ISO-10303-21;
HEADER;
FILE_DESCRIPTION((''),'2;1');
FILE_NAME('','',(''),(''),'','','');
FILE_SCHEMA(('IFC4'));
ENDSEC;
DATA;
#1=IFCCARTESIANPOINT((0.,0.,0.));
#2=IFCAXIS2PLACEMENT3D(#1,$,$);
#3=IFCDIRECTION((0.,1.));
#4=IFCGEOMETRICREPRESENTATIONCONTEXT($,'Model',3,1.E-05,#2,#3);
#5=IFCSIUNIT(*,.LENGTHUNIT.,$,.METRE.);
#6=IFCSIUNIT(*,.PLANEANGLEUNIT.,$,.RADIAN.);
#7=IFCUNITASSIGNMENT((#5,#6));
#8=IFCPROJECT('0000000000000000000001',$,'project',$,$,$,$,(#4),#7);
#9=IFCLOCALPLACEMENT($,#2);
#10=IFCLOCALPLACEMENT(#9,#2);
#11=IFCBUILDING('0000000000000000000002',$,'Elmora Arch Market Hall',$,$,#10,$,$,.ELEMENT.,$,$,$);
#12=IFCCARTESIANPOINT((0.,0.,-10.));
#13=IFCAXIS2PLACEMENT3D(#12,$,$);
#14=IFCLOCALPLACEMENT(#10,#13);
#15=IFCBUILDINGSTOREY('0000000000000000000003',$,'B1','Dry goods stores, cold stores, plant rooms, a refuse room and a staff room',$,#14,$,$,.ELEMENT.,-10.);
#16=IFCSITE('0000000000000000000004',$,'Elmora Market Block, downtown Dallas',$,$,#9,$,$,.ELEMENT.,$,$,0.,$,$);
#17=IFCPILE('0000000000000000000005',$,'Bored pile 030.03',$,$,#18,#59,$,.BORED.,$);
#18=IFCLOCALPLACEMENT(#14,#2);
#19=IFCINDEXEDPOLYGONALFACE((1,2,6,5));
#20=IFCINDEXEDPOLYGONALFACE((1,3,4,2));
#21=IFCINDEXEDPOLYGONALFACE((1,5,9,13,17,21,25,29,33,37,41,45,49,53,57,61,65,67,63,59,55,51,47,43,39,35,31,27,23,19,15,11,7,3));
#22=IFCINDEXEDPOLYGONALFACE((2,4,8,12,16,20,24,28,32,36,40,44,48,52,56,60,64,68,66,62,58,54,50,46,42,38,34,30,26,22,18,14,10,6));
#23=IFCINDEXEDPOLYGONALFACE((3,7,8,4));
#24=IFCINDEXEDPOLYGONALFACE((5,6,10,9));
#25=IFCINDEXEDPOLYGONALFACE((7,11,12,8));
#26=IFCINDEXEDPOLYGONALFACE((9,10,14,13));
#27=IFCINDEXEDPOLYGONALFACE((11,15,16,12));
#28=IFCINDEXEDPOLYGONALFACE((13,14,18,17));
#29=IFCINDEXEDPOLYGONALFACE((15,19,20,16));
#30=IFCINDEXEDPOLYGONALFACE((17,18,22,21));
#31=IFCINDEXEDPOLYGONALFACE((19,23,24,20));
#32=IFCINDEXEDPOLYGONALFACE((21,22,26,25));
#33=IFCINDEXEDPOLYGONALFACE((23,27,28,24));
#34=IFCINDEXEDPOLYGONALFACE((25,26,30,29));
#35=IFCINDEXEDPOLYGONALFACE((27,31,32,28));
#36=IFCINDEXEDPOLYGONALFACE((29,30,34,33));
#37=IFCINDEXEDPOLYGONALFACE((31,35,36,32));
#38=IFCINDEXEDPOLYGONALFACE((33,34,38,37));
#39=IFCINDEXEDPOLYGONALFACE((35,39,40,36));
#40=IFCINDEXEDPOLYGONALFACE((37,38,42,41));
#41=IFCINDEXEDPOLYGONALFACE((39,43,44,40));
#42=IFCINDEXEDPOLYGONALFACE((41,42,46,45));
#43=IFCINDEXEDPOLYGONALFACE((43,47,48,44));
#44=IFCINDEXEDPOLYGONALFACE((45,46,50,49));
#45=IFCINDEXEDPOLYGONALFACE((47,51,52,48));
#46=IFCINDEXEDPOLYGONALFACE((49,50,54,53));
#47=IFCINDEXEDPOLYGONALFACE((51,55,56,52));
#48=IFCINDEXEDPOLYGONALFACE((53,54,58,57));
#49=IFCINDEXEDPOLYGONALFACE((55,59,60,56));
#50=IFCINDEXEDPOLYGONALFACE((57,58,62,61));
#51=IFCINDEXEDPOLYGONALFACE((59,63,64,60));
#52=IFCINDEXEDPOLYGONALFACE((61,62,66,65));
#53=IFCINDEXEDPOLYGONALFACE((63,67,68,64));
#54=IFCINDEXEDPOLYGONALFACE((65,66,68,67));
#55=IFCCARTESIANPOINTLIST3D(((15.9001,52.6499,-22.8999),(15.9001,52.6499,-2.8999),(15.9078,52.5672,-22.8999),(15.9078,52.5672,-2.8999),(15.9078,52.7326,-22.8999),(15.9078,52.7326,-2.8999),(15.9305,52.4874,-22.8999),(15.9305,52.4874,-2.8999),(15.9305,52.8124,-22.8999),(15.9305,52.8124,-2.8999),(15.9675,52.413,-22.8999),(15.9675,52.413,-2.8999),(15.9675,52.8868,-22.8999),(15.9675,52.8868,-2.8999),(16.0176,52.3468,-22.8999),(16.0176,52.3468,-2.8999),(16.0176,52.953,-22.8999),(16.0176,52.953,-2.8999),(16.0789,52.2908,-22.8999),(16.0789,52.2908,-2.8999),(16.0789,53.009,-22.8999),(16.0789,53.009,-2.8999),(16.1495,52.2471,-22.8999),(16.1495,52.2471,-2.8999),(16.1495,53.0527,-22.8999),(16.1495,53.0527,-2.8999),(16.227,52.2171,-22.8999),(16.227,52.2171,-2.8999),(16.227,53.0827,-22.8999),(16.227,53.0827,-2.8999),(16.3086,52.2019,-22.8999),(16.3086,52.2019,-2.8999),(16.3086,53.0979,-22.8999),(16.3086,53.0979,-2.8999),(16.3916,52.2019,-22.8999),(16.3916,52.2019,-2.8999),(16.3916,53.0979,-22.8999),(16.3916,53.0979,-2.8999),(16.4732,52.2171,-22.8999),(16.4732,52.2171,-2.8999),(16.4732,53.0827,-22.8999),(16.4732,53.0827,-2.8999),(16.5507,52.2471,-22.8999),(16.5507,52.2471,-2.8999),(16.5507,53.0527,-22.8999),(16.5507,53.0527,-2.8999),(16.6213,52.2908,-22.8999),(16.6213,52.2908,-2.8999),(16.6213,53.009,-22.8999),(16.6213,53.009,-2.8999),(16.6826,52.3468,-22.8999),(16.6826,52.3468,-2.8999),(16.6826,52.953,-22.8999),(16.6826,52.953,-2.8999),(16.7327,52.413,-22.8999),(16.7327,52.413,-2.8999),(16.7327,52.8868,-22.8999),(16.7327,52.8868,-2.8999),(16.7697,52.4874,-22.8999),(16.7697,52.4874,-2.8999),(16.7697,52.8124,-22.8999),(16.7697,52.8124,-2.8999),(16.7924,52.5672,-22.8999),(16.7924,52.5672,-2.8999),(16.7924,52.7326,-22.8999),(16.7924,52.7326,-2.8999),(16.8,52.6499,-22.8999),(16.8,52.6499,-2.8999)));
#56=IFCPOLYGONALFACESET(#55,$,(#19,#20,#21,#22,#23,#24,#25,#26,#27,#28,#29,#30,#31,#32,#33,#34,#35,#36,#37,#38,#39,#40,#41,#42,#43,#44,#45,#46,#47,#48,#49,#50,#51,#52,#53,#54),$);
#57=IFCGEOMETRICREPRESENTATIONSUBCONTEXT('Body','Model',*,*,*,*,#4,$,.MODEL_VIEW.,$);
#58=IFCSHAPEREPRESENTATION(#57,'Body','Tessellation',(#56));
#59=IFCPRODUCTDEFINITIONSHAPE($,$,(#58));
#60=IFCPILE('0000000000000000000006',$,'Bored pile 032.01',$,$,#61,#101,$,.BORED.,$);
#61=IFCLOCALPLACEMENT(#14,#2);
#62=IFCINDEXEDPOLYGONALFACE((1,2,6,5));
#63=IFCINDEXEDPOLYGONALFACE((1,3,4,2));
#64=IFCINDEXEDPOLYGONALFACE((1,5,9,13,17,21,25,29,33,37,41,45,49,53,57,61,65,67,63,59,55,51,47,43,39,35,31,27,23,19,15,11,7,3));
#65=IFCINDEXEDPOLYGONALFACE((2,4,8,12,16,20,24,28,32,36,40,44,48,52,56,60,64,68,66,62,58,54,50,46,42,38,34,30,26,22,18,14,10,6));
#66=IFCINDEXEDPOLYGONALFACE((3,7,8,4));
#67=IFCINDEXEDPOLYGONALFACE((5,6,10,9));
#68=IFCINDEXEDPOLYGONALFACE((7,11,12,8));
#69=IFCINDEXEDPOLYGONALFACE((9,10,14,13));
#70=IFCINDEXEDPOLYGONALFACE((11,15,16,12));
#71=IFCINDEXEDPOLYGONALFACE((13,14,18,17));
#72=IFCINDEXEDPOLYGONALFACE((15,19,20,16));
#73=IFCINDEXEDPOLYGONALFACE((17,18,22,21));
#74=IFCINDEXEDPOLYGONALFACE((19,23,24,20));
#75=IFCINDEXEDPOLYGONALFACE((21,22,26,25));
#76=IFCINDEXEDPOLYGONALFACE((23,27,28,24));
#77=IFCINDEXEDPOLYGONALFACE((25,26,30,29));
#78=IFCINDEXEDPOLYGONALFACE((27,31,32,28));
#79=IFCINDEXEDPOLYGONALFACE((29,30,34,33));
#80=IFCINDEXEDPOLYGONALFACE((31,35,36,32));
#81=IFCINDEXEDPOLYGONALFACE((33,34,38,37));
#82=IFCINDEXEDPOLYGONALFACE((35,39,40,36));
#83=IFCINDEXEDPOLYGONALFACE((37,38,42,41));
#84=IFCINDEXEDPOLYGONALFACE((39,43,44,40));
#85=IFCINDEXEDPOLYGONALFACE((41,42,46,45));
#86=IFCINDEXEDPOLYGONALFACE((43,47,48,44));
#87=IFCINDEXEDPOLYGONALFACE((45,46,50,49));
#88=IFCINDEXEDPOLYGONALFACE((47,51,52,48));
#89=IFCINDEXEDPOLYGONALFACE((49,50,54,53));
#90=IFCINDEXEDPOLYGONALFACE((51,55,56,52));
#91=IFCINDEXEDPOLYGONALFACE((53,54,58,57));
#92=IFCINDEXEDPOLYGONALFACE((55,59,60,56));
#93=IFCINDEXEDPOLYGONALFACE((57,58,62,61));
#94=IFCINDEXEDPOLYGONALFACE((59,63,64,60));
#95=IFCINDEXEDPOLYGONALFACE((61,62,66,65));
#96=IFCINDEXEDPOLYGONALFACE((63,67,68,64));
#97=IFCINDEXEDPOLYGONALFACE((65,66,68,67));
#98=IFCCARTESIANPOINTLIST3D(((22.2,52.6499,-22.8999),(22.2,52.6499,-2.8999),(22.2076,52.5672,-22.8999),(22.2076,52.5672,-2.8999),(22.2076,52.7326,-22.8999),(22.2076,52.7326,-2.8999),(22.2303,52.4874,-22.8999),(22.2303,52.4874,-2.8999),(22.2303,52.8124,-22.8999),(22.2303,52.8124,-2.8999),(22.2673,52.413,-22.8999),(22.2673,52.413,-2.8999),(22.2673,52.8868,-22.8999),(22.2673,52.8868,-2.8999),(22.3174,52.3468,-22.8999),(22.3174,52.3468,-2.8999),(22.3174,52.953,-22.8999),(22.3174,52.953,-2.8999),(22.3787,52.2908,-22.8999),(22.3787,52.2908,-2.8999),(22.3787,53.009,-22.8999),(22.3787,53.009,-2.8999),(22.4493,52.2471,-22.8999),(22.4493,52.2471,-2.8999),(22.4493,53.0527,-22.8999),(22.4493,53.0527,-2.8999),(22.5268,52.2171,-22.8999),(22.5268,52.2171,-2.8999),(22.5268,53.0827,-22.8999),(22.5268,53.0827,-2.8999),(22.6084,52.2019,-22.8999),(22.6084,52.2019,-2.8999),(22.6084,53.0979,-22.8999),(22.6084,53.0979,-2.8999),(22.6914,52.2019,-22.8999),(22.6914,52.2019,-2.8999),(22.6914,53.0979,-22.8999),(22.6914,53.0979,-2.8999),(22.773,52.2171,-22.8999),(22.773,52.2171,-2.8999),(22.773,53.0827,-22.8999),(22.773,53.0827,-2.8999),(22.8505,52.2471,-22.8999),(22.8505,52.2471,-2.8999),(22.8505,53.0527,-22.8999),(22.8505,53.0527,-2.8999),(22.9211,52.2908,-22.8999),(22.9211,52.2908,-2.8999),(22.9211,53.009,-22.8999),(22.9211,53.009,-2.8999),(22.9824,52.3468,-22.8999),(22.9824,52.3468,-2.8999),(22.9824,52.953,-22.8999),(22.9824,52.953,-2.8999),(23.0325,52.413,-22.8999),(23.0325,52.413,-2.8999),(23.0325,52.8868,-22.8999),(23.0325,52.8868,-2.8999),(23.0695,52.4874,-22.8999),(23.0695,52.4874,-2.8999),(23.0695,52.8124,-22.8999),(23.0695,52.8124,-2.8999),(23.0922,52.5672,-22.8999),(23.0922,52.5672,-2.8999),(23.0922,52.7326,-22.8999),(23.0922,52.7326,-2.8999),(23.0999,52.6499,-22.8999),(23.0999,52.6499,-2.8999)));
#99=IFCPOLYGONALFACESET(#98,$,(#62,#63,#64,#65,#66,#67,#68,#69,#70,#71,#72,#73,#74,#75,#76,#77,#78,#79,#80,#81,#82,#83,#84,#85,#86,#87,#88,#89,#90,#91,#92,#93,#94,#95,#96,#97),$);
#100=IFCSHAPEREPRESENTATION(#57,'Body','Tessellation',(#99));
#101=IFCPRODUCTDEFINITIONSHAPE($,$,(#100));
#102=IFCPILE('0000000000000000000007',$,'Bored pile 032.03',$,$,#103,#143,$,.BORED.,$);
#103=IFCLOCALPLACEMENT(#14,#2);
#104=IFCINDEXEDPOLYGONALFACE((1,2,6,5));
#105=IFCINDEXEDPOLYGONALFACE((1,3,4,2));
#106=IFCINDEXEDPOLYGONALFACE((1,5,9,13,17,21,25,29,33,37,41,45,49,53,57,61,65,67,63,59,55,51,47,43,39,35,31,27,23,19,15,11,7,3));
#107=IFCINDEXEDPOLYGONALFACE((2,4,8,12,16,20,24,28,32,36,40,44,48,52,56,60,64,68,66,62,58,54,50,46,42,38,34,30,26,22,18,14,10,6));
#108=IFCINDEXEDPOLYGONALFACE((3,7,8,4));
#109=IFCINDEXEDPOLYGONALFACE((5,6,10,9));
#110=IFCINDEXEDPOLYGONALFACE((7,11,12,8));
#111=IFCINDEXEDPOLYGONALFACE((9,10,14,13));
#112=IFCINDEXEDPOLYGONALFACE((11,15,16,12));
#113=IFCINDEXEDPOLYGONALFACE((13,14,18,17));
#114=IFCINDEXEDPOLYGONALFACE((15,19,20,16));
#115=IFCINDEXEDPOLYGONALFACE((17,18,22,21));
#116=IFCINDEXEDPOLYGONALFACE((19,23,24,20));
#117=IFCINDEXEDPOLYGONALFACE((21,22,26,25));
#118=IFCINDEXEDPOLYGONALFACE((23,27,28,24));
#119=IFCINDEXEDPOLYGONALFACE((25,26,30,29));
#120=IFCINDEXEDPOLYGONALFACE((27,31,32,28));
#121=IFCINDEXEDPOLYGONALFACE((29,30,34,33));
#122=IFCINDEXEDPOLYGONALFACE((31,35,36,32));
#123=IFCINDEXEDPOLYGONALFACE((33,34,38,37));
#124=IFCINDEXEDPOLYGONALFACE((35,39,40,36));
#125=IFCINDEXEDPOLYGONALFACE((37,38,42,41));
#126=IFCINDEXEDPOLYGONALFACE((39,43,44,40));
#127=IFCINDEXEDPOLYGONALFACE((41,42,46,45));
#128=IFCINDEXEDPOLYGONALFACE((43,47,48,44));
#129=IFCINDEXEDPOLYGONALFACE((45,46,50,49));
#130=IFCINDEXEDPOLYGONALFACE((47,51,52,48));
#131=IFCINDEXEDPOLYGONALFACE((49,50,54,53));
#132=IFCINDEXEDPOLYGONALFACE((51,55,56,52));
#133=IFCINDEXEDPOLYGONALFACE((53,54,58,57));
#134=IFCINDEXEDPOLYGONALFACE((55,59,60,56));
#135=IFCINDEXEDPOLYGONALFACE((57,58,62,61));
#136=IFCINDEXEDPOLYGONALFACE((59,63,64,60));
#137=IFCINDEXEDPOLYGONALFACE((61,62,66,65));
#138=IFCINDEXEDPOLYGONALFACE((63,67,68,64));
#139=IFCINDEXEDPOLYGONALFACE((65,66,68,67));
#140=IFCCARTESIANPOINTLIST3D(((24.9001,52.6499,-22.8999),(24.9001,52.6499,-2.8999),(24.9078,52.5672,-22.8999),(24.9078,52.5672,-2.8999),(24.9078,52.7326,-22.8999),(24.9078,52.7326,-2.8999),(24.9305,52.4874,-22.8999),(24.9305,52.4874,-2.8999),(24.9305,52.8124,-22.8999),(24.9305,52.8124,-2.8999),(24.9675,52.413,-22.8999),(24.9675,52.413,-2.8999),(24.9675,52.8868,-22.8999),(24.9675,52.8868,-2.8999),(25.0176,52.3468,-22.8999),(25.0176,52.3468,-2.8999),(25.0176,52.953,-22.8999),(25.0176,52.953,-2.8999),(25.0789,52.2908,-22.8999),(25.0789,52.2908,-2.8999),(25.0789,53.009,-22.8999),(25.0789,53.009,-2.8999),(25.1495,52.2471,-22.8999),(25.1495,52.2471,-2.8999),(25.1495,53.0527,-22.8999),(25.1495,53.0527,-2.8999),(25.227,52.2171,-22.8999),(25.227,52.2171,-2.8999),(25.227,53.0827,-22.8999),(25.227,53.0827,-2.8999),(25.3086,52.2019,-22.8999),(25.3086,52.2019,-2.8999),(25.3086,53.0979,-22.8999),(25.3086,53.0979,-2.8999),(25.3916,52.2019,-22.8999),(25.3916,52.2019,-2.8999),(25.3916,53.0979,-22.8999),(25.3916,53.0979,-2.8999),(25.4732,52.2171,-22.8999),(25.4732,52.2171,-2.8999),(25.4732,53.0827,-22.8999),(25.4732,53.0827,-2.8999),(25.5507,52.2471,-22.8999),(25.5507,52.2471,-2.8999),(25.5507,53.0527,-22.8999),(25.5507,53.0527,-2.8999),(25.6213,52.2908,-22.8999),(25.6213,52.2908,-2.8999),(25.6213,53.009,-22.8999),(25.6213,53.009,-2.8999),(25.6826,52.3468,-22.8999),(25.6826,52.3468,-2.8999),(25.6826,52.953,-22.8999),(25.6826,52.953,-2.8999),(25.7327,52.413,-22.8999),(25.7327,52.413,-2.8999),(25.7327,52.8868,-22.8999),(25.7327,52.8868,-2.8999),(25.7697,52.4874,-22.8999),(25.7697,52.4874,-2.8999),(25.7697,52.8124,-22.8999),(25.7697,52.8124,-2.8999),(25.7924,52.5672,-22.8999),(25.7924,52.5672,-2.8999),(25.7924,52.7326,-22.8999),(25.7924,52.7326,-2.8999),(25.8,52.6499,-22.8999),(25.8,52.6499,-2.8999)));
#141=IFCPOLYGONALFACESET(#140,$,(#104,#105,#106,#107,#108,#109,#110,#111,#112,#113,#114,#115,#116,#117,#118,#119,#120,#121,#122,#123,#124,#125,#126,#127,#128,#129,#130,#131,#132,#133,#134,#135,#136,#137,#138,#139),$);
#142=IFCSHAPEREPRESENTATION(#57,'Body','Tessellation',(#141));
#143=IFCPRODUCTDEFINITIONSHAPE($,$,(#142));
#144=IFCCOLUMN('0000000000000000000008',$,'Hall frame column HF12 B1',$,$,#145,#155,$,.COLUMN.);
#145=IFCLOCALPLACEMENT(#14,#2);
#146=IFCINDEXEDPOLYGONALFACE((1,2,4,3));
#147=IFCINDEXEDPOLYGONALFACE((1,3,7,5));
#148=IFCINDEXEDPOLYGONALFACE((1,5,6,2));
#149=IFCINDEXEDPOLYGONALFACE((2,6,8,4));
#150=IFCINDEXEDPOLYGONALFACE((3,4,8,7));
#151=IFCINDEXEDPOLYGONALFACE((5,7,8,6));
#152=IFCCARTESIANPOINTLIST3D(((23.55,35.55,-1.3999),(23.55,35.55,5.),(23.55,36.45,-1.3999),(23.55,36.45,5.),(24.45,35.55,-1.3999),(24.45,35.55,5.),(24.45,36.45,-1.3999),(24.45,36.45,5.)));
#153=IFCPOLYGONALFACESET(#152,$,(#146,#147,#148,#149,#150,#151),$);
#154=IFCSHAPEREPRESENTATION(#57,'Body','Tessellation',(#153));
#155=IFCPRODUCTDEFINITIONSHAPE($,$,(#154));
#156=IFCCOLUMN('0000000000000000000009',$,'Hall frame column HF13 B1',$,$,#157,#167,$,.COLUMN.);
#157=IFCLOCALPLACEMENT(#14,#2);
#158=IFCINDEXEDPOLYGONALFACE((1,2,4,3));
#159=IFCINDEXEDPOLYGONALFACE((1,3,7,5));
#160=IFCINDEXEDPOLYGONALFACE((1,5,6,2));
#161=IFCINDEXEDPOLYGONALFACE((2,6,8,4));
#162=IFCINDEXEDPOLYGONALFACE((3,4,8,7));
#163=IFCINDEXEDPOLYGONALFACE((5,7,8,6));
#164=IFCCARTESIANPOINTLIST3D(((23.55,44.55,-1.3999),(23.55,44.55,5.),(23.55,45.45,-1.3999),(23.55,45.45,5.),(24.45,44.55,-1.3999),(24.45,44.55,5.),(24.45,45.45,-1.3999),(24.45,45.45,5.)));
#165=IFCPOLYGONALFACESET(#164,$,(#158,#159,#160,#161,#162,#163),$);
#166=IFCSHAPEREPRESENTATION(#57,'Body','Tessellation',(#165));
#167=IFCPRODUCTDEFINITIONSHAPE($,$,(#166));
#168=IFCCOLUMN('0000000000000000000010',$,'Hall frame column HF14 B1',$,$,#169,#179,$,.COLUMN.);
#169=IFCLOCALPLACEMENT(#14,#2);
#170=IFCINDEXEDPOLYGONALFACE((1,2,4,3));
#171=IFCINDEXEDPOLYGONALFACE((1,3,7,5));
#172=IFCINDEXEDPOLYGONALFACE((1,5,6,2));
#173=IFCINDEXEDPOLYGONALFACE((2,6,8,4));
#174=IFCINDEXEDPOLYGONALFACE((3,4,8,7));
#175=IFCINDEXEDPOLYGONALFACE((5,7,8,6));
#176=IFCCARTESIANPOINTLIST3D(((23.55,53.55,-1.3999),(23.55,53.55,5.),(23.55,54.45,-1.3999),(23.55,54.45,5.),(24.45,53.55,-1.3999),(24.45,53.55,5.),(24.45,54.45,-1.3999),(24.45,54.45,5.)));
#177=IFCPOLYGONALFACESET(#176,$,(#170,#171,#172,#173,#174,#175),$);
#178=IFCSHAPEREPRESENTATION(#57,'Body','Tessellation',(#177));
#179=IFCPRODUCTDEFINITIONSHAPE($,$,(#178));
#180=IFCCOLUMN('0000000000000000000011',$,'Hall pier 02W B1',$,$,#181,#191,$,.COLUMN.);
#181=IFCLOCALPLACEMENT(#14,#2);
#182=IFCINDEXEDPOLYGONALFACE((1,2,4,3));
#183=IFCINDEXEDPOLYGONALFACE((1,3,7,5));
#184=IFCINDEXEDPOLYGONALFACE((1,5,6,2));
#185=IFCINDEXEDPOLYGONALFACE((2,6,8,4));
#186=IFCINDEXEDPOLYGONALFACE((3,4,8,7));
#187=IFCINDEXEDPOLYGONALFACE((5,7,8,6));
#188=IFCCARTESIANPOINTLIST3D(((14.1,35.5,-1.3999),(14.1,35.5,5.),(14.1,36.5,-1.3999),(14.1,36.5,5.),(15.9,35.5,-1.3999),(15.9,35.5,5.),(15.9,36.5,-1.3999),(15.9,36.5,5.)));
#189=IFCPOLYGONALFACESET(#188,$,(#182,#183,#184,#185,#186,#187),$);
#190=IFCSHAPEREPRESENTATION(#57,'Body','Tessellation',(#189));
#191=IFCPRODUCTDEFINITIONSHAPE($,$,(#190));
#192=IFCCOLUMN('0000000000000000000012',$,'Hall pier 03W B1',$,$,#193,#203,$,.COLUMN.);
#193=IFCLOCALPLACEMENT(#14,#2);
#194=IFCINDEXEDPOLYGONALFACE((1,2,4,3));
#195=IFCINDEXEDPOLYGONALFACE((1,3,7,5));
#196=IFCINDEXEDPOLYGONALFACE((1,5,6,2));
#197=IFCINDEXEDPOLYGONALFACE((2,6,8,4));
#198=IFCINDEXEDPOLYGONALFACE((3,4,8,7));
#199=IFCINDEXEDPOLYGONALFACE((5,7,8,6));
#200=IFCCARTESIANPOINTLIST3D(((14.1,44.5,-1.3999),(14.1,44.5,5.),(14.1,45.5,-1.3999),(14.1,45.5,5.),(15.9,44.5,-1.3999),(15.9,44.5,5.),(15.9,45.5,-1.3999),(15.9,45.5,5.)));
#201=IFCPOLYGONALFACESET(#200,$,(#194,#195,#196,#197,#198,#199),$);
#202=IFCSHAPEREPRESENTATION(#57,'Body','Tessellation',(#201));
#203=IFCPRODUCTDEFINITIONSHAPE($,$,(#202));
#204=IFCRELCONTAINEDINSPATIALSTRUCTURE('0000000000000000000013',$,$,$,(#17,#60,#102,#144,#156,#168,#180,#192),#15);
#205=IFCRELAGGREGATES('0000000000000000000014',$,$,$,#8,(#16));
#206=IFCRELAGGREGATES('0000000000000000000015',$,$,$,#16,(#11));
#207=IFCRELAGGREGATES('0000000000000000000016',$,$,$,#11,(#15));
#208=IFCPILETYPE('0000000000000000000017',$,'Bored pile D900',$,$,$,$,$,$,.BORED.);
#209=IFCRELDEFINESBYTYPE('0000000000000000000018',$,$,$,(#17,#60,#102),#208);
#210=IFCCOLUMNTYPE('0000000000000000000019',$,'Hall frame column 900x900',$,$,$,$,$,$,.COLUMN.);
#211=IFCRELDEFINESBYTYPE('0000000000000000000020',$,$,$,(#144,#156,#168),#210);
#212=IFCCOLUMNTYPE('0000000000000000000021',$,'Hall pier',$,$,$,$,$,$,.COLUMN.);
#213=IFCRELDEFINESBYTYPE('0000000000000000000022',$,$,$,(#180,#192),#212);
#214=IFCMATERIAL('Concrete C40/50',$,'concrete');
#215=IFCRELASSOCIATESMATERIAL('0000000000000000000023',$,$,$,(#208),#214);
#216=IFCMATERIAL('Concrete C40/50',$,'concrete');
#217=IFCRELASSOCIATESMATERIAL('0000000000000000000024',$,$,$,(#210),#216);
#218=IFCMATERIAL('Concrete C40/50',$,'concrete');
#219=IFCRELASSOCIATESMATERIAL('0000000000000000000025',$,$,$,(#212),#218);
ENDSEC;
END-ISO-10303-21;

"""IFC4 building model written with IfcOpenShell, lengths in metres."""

from ifc_helpers import new_model, si_unit, direction, frame, origin, origin_2d, place, context, subcontext, project, spatial, rectangle, circle, extrude, material, material_profile, profile_set, type_object, element, save


model = new_model("IFC4")

# Units and contexts
model_context = context("Model", 3, precision=1e-05, world=origin(), true_north=direction((0.0, 1.0)))
body_context = subcontext(model_context, "Body", "Model", "MODEL_VIEW")
ifc_project = project(units=[si_unit("LENGTHUNIT", "METRE"), si_unit("PLANEANGLEUNIT", "RADIAN")], contexts=[model_context])

# Site, building, storey
site_placement = place(None, origin())
site = spatial("IfcSite", under=ifc_project, at=site_placement, Name="Elmora Market Block, downtown Dallas", CompositionType="ELEMENT", RefElevation=0.0)
building_placement = place(site_placement, origin())
building = spatial("IfcBuilding", under=site, at=building_placement, Name="Elmora Arch Market Hall", CompositionType="ELEMENT")
storey_placement = place(building_placement, frame((0.0, 0.0, -10.0)))
storey = spatial("IfcBuildingStorey", under=building, at=storey_placement, Name="B1", Description="Dry goods stores, cold stores, plant rooms, a refuse room and a staff room", CompositionType="ELEMENT", Elevation=-10.0)

# Piles
ifc_material_1 = material(Name="Concrete C40/50", Category="concrete")
ifc_material_profile_1 = material_profile(ifc_material_1, circle(Radius=0.45, at=origin_2d()), Name="Bored pile D900")
ifc_profile_set_1 = profile_set([ifc_material_profile_1], Name="Concrete C40/50")
pile_type = type_object("IfcPileType", Name="Bored pile D900", PredefinedType="BORED", material=ifc_profile_set_1)
for number, where, z_axis, x_axis, name in (
    (1, (16.3501, 52.6499, -2.8999), (0.0, 0.0, -1.0), (1.0, 0.0, 0.0), "Bored pile 030.03"),
    (2, (22.6499, 52.6499, -2.8999), (0.0, 0.0, -1.0), (1.0, 0.0, 0.0), "Bored pile 032.01"),
    (3, (25.3501, 52.6499, -2.8999), (0.0, 0.0, -1.0), (1.0, 0.0, 0.0), "Bored pile 032.03"),
):
    element("IfcPile", number, at=place(storey_placement, frame(where, z_axis=z_axis, x_axis=x_axis)), inside=storey, type_object=pile_type, Name=name, PredefinedType="BORED", context=body_context, shape_type="SweptSolid", body=[
        extrude(circle(Radius=0.45, at=origin_2d()), origin(), (0.0, 0.0, 1.0), 20.0),
    ])

# Columns
ifc_material_2 = material(Name="Concrete C40/50", Category="concrete")
ifc_material_profile_2 = material_profile(ifc_material_2, rectangle(XDim=0.8999, YDim=0.8999, at=origin_2d()), Name="Hall frame column 900x900")
ifc_profile_set_2 = profile_set([ifc_material_profile_2], Name="Concrete C40/50")
column_type_1 = type_object("IfcColumnType", Name="Hall frame column 900x900", PredefinedType="COLUMN", material=ifc_profile_set_2)
for number, where, z_axis, x_axis, name in (
    (4, (24.0, 36.0, -1.3999), (0.0, 0.0, 1.0), (1.0, 0.0, 0.0), "Hall frame column HF12 B1"),
    (5, (24.0, 45.0, -1.3999), (0.0, 0.0, 1.0), (1.0, 0.0, 0.0), "Hall frame column HF13 B1"),
    (6, (24.0, 54.0, -1.3999), (0.0, 0.0, 1.0), (1.0, 0.0, 0.0), "Hall frame column HF14 B1"),
):
    element("IfcColumn", number, at=place(storey_placement, frame(where, z_axis=z_axis, x_axis=x_axis)), inside=storey, type_object=column_type_1, Name=name, PredefinedType="COLUMN", context=body_context, shape_type="SweptSolid", body=[
        extrude(rectangle(XDim=0.8999, YDim=0.8999, at=origin_2d()), origin(), (0.0, 0.0, 1.0), 6.3999),
    ])
ifc_material_3 = material(Name="Concrete C40/50", Category="concrete")
ifc_material_profile_3 = material_profile(ifc_material_3, rectangle(XDim=1.8, YDim=1.0, at=origin_2d()), Name="Hall pier")
ifc_profile_set_3 = profile_set([ifc_material_profile_3], Name="Concrete C40/50")
column_type_2 = type_object("IfcColumnType", Name="Hall pier", PredefinedType="COLUMN", material=ifc_profile_set_3)
for number, where, z_axis, x_axis, name in (
    (7, (15.0, 36.0, -1.3999), (0.0, 0.0, 1.0), (1.0, 0.0, 0.0), "Hall pier 02W B1"),
    (8, (15.0, 45.0, -1.3999), (0.0, 0.0, 1.0), (1.0, 0.0, 0.0), "Hall pier 03W B1"),
):
    element("IfcColumn", number, at=place(storey_placement, frame(where, z_axis=z_axis, x_axis=x_axis)), inside=storey, type_object=column_type_2, Name=name, PredefinedType="COLUMN", context=body_context, shape_type="SweptSolid", body=[
        extrude(rectangle(XDim=1.8, YDim=1.0, at=origin_2d()), origin(), (0.0, 0.0, 1.0), 6.3999),
    ])

save(model, "model.ifc")
